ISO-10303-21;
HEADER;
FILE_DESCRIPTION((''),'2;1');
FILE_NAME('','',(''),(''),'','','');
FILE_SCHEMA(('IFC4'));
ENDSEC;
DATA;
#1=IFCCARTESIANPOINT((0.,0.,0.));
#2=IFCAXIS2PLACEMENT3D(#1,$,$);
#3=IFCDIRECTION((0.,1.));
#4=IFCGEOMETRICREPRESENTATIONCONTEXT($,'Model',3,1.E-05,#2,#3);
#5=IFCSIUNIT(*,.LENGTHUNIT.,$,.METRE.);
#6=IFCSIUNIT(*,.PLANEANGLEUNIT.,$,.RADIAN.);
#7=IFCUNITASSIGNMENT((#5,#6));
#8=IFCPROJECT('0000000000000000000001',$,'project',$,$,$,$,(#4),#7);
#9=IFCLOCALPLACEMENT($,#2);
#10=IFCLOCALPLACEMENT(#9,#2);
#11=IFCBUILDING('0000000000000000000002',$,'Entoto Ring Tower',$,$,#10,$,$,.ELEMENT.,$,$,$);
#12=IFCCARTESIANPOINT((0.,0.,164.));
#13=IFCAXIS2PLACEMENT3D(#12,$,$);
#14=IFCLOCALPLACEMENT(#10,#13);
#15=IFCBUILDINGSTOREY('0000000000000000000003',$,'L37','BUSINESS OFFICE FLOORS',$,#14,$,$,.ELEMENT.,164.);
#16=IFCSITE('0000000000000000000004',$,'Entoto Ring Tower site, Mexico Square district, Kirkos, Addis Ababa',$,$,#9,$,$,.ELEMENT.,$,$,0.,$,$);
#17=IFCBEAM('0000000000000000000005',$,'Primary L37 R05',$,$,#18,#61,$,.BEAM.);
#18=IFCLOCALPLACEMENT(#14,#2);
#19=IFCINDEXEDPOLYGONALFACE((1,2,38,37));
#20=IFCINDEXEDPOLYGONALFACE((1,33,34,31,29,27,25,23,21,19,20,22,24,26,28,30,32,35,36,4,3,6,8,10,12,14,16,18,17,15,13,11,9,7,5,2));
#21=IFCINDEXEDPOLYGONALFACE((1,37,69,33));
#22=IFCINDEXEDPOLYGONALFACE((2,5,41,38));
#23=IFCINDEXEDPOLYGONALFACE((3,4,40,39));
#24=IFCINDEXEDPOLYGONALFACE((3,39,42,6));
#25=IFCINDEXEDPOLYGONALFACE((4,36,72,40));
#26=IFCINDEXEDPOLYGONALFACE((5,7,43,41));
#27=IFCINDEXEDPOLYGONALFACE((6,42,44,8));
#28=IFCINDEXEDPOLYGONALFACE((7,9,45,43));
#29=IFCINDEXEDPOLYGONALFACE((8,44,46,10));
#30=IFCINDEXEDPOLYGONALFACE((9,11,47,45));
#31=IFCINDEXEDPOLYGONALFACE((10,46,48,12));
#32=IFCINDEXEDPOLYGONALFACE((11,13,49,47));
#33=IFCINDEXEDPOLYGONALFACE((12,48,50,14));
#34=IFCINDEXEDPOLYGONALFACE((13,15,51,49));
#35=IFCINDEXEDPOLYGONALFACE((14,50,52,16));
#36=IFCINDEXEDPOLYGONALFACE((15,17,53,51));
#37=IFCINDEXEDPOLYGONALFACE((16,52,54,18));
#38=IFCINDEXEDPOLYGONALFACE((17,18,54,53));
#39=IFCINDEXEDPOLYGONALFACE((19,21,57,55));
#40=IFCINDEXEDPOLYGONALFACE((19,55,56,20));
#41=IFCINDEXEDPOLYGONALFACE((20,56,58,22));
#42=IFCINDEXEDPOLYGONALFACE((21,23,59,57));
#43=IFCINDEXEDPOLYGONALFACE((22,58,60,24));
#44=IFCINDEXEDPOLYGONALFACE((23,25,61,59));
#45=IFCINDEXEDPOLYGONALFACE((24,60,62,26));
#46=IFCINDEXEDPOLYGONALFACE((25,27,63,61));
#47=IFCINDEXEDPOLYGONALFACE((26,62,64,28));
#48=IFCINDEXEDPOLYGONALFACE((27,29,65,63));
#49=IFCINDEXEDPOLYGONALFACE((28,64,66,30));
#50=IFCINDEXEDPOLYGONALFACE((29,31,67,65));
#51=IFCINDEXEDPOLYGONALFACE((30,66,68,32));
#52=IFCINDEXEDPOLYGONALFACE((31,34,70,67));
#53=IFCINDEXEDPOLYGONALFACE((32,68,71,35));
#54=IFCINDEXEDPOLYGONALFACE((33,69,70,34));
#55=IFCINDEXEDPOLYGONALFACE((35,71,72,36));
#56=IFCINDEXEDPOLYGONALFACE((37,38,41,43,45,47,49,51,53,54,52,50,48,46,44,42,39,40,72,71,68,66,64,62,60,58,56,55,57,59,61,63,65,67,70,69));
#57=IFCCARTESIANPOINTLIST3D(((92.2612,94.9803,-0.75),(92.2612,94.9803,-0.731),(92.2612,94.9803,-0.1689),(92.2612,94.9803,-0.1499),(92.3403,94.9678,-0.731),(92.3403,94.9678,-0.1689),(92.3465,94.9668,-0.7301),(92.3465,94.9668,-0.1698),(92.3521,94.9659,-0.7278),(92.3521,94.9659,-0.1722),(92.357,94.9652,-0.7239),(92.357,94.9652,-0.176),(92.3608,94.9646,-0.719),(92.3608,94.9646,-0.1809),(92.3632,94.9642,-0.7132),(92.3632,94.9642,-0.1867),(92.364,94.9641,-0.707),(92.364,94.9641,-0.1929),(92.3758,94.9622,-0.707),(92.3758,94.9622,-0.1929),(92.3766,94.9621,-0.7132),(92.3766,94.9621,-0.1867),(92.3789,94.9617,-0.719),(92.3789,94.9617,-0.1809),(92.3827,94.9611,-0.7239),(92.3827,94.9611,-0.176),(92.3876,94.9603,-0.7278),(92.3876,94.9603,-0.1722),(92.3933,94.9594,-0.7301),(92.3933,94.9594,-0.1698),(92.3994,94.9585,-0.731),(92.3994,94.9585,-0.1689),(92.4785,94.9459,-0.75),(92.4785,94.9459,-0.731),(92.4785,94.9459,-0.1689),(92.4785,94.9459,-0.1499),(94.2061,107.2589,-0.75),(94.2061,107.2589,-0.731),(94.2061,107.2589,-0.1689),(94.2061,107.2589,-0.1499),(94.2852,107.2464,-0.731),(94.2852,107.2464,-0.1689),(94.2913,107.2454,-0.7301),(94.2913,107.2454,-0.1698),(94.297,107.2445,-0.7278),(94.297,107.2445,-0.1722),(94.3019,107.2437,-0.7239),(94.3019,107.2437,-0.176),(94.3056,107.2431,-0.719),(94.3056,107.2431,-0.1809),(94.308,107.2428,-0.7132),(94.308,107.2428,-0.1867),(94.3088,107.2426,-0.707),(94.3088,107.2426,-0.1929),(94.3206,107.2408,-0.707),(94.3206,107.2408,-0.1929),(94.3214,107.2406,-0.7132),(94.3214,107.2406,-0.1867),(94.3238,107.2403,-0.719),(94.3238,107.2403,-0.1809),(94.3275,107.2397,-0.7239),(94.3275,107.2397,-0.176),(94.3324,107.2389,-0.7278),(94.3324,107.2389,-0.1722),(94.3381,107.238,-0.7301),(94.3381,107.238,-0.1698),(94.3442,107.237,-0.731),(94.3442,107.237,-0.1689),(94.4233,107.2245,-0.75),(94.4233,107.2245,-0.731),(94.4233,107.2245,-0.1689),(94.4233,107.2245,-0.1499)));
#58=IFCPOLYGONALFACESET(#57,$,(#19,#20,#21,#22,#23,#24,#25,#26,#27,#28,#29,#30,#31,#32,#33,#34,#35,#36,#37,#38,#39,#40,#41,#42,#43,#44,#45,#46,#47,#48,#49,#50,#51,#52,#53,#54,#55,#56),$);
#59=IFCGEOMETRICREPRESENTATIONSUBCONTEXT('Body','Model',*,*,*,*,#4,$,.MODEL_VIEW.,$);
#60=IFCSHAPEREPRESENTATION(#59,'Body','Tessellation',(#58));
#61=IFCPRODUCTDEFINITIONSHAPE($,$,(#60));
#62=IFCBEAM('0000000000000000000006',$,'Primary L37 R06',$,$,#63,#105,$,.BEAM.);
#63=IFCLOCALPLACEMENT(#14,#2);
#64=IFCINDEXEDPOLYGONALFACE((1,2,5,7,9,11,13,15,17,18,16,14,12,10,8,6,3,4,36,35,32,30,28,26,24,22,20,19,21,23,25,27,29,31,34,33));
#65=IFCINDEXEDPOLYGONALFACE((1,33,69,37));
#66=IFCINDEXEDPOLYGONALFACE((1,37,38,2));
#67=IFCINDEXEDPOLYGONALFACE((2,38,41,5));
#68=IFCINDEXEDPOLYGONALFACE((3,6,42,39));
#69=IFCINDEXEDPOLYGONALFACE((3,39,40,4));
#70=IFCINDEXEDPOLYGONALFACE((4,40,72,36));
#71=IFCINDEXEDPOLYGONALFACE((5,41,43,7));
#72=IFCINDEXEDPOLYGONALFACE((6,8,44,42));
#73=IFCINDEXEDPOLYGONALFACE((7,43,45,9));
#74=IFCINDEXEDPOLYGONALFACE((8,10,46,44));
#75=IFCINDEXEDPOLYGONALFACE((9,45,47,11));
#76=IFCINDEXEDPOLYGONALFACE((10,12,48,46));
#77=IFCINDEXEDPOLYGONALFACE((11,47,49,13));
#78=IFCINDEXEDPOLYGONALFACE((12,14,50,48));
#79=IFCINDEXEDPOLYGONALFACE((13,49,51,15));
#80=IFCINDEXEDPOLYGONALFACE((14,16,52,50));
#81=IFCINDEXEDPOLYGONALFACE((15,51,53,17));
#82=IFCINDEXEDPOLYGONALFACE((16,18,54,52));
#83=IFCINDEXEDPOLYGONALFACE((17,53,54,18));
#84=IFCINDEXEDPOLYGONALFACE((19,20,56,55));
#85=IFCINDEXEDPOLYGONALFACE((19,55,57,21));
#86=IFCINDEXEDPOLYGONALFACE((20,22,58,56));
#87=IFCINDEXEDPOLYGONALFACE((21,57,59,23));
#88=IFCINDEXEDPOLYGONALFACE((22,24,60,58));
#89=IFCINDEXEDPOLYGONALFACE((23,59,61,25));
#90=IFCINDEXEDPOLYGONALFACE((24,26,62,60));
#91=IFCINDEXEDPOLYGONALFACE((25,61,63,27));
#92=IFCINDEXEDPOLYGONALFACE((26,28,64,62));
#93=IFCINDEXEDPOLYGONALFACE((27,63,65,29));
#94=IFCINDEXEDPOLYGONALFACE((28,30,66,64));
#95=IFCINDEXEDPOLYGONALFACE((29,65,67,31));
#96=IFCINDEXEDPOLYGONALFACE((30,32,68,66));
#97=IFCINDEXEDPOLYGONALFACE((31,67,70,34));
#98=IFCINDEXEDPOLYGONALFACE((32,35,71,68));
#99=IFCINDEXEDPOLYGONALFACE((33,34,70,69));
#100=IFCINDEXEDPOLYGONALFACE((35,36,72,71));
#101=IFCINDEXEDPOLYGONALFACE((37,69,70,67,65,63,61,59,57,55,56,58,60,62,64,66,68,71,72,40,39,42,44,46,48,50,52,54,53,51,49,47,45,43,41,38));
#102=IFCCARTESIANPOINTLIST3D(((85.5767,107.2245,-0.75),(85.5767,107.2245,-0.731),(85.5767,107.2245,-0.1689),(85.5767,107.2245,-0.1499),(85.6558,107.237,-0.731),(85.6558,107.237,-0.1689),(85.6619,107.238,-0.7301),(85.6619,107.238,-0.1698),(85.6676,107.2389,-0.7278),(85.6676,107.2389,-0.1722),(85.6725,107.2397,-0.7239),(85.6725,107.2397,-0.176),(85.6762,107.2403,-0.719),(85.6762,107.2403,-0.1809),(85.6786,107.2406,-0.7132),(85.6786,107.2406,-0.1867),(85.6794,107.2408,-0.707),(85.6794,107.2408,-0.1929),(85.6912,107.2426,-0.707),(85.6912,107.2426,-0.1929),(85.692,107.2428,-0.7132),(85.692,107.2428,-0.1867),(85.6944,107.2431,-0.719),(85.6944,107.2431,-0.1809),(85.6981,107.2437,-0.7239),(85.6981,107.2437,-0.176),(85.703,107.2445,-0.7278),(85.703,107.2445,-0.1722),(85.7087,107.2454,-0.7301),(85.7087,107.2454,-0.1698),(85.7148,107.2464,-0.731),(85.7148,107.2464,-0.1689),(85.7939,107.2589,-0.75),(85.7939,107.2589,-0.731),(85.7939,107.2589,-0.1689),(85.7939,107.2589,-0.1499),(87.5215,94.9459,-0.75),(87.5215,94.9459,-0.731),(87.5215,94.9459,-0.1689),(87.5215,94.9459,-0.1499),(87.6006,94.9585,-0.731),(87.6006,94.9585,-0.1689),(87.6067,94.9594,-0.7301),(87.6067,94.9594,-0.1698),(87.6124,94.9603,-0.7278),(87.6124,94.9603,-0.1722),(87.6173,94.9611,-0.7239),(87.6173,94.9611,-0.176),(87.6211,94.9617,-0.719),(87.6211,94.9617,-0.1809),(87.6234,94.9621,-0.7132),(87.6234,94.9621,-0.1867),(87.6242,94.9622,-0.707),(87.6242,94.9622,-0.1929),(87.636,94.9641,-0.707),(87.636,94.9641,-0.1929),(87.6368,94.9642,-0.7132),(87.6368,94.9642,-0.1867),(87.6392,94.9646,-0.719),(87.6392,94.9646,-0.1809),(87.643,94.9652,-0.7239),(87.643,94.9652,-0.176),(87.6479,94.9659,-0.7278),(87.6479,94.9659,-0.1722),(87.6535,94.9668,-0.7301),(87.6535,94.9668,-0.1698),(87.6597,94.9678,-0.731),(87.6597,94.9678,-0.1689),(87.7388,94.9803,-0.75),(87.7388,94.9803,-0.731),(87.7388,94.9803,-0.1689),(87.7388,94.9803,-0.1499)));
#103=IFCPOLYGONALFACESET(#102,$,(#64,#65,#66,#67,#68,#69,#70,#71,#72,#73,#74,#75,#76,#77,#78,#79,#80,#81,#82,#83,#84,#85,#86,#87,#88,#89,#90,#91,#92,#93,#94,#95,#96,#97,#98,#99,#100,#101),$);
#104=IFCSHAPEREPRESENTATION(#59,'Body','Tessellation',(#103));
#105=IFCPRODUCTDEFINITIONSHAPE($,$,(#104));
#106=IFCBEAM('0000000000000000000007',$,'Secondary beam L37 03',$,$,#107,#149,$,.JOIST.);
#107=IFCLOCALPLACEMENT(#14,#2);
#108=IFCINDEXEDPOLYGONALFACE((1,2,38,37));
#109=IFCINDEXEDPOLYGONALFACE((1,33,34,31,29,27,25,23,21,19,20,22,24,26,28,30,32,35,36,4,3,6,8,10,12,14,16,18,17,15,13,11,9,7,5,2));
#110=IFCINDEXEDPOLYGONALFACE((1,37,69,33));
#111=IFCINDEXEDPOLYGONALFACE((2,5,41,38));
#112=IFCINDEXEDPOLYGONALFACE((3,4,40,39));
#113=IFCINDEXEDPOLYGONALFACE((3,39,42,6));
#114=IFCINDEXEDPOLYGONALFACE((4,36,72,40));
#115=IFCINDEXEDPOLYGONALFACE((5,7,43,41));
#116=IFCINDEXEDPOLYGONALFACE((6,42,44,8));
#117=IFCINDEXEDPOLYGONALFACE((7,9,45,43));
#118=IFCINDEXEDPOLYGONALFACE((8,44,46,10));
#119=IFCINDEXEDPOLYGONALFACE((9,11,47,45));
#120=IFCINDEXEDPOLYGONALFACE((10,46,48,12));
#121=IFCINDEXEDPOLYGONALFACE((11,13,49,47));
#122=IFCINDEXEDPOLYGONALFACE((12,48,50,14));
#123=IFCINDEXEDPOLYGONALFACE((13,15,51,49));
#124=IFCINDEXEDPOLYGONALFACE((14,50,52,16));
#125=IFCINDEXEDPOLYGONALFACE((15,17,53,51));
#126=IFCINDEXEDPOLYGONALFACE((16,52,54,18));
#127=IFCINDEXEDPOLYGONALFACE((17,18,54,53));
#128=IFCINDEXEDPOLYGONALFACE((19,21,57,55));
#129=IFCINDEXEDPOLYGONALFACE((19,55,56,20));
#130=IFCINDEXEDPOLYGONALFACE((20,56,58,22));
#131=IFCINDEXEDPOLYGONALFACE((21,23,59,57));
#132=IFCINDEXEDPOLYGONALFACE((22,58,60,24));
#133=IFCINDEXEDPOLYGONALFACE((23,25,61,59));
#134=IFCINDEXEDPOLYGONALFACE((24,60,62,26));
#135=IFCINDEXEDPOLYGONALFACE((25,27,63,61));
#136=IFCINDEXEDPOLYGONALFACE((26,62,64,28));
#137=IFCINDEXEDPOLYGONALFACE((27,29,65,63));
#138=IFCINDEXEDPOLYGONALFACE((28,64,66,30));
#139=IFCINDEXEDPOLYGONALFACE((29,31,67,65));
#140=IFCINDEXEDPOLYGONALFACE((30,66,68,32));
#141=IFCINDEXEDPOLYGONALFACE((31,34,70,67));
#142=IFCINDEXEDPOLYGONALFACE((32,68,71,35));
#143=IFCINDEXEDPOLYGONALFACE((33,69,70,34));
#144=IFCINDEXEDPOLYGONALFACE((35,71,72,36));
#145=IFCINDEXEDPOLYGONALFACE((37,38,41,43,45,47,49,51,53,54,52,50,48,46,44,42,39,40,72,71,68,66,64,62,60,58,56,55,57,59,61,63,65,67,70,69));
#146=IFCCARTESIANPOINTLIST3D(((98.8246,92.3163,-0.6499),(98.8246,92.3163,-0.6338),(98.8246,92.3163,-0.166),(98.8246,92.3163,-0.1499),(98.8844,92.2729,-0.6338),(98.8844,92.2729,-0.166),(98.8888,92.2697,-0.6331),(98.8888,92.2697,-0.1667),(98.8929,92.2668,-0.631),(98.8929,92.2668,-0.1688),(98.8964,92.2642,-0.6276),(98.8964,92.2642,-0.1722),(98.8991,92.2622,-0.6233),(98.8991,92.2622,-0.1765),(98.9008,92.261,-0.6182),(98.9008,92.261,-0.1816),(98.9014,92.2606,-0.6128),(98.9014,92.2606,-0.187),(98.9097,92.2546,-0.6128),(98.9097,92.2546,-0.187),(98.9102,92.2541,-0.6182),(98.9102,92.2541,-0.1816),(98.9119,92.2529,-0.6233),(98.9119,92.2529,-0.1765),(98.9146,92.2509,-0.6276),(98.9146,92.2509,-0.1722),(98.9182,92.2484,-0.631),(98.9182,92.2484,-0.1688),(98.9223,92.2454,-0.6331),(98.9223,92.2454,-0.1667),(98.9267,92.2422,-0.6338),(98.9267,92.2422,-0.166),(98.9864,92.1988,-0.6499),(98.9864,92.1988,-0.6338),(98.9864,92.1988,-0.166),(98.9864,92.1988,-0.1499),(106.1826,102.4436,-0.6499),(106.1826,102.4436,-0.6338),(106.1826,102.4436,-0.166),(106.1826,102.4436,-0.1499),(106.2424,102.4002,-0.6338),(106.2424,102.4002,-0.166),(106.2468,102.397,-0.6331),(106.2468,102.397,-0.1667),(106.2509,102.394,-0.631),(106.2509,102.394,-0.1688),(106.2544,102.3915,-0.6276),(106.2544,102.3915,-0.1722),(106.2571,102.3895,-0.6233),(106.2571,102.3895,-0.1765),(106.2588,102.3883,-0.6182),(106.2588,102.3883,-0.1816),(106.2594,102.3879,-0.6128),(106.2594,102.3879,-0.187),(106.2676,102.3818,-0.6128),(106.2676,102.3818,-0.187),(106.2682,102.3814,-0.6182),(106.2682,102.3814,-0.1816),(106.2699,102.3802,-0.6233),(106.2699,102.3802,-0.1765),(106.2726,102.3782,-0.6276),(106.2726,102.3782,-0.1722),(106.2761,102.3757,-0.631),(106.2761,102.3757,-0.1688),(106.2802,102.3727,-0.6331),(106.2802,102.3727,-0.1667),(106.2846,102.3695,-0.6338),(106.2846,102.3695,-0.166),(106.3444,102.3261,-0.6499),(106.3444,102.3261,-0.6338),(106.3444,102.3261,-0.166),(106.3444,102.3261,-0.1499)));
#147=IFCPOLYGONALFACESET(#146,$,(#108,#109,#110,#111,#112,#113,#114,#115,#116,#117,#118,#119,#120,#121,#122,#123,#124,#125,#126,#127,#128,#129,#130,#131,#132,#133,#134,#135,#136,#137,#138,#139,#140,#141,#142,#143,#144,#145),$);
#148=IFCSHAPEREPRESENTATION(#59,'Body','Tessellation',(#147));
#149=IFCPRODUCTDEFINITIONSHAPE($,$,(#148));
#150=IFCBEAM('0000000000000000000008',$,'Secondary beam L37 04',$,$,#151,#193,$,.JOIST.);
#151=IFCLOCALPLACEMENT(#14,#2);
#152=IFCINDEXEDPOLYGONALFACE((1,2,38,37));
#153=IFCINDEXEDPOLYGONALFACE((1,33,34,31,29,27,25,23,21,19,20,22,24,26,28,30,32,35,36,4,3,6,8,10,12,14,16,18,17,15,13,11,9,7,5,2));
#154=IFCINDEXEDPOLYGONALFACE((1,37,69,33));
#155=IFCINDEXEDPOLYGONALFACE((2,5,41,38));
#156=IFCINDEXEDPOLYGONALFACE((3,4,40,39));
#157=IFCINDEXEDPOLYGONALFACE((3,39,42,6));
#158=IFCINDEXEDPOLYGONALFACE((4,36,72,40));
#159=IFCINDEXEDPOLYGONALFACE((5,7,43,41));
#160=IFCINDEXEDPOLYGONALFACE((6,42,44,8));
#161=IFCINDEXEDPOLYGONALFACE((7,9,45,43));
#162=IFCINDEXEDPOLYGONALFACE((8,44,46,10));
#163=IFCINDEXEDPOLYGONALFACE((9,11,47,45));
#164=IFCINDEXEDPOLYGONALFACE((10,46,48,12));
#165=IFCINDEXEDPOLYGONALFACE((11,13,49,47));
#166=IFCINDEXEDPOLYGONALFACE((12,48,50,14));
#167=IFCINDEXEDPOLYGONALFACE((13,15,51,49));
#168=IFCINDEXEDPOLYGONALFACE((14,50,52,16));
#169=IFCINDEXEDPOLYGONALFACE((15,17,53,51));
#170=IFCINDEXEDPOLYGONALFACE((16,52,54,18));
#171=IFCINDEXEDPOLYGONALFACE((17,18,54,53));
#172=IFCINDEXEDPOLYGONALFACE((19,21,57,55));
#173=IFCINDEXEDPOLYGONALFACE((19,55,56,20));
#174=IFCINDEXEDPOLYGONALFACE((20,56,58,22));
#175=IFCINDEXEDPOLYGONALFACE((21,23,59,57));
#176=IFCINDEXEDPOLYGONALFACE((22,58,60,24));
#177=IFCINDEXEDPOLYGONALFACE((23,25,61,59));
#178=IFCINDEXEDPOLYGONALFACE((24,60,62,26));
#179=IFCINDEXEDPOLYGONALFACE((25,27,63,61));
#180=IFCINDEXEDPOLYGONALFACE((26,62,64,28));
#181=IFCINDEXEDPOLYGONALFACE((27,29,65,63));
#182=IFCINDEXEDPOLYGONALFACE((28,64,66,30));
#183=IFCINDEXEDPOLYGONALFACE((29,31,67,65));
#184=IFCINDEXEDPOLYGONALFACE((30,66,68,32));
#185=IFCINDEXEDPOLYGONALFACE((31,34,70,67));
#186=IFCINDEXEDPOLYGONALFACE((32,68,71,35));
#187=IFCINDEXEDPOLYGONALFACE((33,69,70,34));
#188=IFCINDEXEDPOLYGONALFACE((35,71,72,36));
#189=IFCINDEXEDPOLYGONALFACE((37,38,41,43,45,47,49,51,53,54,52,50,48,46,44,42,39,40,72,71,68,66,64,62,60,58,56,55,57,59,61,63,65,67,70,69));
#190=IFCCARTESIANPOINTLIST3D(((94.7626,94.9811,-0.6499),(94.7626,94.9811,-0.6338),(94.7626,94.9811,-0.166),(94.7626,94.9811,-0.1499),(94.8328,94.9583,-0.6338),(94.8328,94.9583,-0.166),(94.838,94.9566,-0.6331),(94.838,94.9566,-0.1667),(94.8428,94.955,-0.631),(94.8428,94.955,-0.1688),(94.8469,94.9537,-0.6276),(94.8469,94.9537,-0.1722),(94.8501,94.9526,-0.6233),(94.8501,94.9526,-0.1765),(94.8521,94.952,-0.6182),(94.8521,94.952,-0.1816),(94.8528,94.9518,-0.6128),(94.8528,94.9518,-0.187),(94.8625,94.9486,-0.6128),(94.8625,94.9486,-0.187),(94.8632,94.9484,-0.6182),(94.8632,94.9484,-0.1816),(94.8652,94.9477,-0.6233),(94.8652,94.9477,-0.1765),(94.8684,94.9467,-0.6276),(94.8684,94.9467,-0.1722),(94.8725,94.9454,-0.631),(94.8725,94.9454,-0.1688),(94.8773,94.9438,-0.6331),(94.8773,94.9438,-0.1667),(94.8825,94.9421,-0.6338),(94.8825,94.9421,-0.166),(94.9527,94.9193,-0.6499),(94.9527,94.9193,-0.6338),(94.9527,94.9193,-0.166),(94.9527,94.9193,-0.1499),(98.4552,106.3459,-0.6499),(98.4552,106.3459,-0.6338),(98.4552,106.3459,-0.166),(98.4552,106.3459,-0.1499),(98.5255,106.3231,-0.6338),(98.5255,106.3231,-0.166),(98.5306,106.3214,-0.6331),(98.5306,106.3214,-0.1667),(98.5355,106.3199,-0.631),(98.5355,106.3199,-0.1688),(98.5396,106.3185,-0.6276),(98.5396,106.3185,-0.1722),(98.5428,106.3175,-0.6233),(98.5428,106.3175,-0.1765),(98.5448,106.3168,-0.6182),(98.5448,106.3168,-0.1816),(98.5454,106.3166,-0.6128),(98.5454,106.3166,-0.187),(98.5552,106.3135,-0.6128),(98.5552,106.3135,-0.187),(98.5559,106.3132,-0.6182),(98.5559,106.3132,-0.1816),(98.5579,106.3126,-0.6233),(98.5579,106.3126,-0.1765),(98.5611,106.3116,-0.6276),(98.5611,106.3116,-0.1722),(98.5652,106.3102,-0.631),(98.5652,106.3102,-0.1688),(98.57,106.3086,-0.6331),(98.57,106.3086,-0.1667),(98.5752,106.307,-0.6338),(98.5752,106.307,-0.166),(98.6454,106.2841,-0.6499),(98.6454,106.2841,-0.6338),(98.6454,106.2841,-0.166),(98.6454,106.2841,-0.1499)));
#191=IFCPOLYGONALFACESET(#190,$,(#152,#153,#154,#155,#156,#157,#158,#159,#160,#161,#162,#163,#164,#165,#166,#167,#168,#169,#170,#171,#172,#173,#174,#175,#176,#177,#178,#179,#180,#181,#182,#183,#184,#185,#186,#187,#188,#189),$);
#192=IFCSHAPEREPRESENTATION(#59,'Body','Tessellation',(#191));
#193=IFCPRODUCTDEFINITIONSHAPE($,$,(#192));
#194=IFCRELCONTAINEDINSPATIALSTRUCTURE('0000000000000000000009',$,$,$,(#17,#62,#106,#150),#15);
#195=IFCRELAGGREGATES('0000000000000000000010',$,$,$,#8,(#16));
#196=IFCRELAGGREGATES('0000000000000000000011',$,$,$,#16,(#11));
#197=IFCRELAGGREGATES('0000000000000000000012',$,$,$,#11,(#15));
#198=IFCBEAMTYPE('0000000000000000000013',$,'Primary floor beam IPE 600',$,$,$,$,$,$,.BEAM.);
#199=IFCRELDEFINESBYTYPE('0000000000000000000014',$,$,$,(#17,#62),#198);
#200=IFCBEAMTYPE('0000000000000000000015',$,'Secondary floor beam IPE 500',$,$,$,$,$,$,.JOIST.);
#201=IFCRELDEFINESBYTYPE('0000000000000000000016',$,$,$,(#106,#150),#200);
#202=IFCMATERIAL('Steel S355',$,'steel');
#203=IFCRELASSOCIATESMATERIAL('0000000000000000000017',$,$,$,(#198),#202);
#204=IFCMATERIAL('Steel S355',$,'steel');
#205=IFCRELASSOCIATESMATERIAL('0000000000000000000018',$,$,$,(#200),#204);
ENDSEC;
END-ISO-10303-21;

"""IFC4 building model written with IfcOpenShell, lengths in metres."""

from ifc_helpers import new_model, si_unit, direction, frame, origin, origin_2d, place, context, subcontext, project, spatial, i_section, extrude, material, material_profile, profile_set, type_object, element, save


model = new_model("IFC4")

# Units and contexts
model_context = context("Model", 3, precision=1e-05, world=origin(), true_north=direction((0.0, 1.0)))
body_context = subcontext(model_context, "Body", "Model", "MODEL_VIEW")
ifc_project = project(units=[si_unit("LENGTHUNIT", "METRE"), si_unit("PLANEANGLEUNIT", "RADIAN")], contexts=[model_context])

# Site, building, storey
site_placement = place(None, origin())
site = spatial("IfcSite", under=ifc_project, at=site_placement, Name="Entoto Ring Tower site, Mexico Square district, Kirkos, Addis Ababa", CompositionType="ELEMENT", RefElevation=0.0)
building_placement = place(site_placement, origin())
building = spatial("IfcBuilding", under=site, at=building_placement, Name="Entoto Ring Tower", CompositionType="ELEMENT")
storey_placement = place(building_placement, frame((0.0, 0.0, 164.0)))
storey = spatial("IfcBuildingStorey", under=building, at=storey_placement, Name="L37", Description="BUSINESS OFFICE FLOORS", CompositionType="ELEMENT", Elevation=164.0)

# Beams
ifc_material_1 = material(Name="Steel S355", Category="steel")
ifc_material_profile_1 = material_profile(ifc_material_1, i_section(OverallWidth=0.22, OverallDepth=0.6001, WebThickness=0.012, FlangeThickness=0.019, FilletRadius=0.0239, at=origin_2d()), Name="IPE 600")
ifc_profile_set_1 = profile_set([ifc_material_profile_1], Name="Steel S355")
beam_type_1 = type_object("IfcBeamType", Name="Primary floor beam IPE 600", PredefinedType="BEAM", material=ifc_profile_set_1)
for number, where, z_axis, x_axis, name in (
    (1, (92.3699, 94.9631, -0.45), (0.156442, 0.987687, 0.0), (-0.987687, 0.156442, 0.0), "Primary L37 R05"),
    (2, (87.6301, 94.9631, -0.45), (-0.156442, 0.987687, 0.0), (-0.987687, -0.156442, 0.0), "Primary L37 R06"),
):
    element("IfcBeam", number, at=place(storey_placement, frame(where, z_axis=z_axis, x_axis=x_axis)), inside=storey, type_object=beam_type_1, Name=name, PredefinedType="BEAM", context=body_context, shape_type="SweptSolid", body=[
        extrude(i_section(OverallWidth=0.22, OverallDepth=0.6001, WebThickness=0.012, FlangeThickness=0.019, FilletRadius=0.0239, at=origin_2d()), origin(), (0.0, 0.0, 1.0), 12.4316),
    ])
ifc_material_2 = material(Name="Steel S355", Category="steel")
ifc_material_profile_2 = material_profile(ifc_material_2, i_section(OverallWidth=0.2, OverallDepth=0.5, WebThickness=0.0103, FlangeThickness=0.0161, FilletRadius=0.021, at=origin_2d()), Name="IPE 500")
ifc_profile_set_2 = profile_set([ifc_material_profile_2], Name="Steel S355")
beam_type_2 = type_object("IfcBeamType", Name="Secondary floor beam IPE 500", PredefinedType="JOIST", material=ifc_profile_set_2)
beam_1_placement = place(storey_placement, frame((98.9055, 92.2576, -0.3999), z_axis=(0.587789, 0.809014, 0.0), x_axis=(-0.809014, 0.587789, 0.0)))
element("IfcBeam", 3, at=beam_1_placement, inside=storey, type_object=beam_type_2, Name="Secondary beam L37 03", PredefinedType="JOIST", context=body_context, shape_type="SweptSolid", body=[
    extrude(i_section(OverallWidth=0.2, OverallDepth=0.5, WebThickness=0.0103, FlangeThickness=0.0161, FilletRadius=0.021, at=origin_2d()), origin(), (0.0, 0.0, 1.0), 12.5181),
])
beam_2_placement = place(storey_placement, frame((94.8577, 94.9502, -0.3999), z_axis=(0.309017, 0.951057, 0.0), x_axis=(-0.951057, 0.309017, 0.0)))
element("IfcBeam", 4, at=beam_2_placement, inside=storey, type_object=beam_type_2, Name="Secondary beam L37 04", PredefinedType="JOIST", context=body_context, shape_type="SweptSolid", body=[
    extrude(i_section(OverallWidth=0.2, OverallDepth=0.5, WebThickness=0.0103, FlangeThickness=0.0161, FilletRadius=0.021, at=origin_2d()), origin(), (0.0, 0.0, 1.0), 11.9497),
])

save(model, "model.ifc")
